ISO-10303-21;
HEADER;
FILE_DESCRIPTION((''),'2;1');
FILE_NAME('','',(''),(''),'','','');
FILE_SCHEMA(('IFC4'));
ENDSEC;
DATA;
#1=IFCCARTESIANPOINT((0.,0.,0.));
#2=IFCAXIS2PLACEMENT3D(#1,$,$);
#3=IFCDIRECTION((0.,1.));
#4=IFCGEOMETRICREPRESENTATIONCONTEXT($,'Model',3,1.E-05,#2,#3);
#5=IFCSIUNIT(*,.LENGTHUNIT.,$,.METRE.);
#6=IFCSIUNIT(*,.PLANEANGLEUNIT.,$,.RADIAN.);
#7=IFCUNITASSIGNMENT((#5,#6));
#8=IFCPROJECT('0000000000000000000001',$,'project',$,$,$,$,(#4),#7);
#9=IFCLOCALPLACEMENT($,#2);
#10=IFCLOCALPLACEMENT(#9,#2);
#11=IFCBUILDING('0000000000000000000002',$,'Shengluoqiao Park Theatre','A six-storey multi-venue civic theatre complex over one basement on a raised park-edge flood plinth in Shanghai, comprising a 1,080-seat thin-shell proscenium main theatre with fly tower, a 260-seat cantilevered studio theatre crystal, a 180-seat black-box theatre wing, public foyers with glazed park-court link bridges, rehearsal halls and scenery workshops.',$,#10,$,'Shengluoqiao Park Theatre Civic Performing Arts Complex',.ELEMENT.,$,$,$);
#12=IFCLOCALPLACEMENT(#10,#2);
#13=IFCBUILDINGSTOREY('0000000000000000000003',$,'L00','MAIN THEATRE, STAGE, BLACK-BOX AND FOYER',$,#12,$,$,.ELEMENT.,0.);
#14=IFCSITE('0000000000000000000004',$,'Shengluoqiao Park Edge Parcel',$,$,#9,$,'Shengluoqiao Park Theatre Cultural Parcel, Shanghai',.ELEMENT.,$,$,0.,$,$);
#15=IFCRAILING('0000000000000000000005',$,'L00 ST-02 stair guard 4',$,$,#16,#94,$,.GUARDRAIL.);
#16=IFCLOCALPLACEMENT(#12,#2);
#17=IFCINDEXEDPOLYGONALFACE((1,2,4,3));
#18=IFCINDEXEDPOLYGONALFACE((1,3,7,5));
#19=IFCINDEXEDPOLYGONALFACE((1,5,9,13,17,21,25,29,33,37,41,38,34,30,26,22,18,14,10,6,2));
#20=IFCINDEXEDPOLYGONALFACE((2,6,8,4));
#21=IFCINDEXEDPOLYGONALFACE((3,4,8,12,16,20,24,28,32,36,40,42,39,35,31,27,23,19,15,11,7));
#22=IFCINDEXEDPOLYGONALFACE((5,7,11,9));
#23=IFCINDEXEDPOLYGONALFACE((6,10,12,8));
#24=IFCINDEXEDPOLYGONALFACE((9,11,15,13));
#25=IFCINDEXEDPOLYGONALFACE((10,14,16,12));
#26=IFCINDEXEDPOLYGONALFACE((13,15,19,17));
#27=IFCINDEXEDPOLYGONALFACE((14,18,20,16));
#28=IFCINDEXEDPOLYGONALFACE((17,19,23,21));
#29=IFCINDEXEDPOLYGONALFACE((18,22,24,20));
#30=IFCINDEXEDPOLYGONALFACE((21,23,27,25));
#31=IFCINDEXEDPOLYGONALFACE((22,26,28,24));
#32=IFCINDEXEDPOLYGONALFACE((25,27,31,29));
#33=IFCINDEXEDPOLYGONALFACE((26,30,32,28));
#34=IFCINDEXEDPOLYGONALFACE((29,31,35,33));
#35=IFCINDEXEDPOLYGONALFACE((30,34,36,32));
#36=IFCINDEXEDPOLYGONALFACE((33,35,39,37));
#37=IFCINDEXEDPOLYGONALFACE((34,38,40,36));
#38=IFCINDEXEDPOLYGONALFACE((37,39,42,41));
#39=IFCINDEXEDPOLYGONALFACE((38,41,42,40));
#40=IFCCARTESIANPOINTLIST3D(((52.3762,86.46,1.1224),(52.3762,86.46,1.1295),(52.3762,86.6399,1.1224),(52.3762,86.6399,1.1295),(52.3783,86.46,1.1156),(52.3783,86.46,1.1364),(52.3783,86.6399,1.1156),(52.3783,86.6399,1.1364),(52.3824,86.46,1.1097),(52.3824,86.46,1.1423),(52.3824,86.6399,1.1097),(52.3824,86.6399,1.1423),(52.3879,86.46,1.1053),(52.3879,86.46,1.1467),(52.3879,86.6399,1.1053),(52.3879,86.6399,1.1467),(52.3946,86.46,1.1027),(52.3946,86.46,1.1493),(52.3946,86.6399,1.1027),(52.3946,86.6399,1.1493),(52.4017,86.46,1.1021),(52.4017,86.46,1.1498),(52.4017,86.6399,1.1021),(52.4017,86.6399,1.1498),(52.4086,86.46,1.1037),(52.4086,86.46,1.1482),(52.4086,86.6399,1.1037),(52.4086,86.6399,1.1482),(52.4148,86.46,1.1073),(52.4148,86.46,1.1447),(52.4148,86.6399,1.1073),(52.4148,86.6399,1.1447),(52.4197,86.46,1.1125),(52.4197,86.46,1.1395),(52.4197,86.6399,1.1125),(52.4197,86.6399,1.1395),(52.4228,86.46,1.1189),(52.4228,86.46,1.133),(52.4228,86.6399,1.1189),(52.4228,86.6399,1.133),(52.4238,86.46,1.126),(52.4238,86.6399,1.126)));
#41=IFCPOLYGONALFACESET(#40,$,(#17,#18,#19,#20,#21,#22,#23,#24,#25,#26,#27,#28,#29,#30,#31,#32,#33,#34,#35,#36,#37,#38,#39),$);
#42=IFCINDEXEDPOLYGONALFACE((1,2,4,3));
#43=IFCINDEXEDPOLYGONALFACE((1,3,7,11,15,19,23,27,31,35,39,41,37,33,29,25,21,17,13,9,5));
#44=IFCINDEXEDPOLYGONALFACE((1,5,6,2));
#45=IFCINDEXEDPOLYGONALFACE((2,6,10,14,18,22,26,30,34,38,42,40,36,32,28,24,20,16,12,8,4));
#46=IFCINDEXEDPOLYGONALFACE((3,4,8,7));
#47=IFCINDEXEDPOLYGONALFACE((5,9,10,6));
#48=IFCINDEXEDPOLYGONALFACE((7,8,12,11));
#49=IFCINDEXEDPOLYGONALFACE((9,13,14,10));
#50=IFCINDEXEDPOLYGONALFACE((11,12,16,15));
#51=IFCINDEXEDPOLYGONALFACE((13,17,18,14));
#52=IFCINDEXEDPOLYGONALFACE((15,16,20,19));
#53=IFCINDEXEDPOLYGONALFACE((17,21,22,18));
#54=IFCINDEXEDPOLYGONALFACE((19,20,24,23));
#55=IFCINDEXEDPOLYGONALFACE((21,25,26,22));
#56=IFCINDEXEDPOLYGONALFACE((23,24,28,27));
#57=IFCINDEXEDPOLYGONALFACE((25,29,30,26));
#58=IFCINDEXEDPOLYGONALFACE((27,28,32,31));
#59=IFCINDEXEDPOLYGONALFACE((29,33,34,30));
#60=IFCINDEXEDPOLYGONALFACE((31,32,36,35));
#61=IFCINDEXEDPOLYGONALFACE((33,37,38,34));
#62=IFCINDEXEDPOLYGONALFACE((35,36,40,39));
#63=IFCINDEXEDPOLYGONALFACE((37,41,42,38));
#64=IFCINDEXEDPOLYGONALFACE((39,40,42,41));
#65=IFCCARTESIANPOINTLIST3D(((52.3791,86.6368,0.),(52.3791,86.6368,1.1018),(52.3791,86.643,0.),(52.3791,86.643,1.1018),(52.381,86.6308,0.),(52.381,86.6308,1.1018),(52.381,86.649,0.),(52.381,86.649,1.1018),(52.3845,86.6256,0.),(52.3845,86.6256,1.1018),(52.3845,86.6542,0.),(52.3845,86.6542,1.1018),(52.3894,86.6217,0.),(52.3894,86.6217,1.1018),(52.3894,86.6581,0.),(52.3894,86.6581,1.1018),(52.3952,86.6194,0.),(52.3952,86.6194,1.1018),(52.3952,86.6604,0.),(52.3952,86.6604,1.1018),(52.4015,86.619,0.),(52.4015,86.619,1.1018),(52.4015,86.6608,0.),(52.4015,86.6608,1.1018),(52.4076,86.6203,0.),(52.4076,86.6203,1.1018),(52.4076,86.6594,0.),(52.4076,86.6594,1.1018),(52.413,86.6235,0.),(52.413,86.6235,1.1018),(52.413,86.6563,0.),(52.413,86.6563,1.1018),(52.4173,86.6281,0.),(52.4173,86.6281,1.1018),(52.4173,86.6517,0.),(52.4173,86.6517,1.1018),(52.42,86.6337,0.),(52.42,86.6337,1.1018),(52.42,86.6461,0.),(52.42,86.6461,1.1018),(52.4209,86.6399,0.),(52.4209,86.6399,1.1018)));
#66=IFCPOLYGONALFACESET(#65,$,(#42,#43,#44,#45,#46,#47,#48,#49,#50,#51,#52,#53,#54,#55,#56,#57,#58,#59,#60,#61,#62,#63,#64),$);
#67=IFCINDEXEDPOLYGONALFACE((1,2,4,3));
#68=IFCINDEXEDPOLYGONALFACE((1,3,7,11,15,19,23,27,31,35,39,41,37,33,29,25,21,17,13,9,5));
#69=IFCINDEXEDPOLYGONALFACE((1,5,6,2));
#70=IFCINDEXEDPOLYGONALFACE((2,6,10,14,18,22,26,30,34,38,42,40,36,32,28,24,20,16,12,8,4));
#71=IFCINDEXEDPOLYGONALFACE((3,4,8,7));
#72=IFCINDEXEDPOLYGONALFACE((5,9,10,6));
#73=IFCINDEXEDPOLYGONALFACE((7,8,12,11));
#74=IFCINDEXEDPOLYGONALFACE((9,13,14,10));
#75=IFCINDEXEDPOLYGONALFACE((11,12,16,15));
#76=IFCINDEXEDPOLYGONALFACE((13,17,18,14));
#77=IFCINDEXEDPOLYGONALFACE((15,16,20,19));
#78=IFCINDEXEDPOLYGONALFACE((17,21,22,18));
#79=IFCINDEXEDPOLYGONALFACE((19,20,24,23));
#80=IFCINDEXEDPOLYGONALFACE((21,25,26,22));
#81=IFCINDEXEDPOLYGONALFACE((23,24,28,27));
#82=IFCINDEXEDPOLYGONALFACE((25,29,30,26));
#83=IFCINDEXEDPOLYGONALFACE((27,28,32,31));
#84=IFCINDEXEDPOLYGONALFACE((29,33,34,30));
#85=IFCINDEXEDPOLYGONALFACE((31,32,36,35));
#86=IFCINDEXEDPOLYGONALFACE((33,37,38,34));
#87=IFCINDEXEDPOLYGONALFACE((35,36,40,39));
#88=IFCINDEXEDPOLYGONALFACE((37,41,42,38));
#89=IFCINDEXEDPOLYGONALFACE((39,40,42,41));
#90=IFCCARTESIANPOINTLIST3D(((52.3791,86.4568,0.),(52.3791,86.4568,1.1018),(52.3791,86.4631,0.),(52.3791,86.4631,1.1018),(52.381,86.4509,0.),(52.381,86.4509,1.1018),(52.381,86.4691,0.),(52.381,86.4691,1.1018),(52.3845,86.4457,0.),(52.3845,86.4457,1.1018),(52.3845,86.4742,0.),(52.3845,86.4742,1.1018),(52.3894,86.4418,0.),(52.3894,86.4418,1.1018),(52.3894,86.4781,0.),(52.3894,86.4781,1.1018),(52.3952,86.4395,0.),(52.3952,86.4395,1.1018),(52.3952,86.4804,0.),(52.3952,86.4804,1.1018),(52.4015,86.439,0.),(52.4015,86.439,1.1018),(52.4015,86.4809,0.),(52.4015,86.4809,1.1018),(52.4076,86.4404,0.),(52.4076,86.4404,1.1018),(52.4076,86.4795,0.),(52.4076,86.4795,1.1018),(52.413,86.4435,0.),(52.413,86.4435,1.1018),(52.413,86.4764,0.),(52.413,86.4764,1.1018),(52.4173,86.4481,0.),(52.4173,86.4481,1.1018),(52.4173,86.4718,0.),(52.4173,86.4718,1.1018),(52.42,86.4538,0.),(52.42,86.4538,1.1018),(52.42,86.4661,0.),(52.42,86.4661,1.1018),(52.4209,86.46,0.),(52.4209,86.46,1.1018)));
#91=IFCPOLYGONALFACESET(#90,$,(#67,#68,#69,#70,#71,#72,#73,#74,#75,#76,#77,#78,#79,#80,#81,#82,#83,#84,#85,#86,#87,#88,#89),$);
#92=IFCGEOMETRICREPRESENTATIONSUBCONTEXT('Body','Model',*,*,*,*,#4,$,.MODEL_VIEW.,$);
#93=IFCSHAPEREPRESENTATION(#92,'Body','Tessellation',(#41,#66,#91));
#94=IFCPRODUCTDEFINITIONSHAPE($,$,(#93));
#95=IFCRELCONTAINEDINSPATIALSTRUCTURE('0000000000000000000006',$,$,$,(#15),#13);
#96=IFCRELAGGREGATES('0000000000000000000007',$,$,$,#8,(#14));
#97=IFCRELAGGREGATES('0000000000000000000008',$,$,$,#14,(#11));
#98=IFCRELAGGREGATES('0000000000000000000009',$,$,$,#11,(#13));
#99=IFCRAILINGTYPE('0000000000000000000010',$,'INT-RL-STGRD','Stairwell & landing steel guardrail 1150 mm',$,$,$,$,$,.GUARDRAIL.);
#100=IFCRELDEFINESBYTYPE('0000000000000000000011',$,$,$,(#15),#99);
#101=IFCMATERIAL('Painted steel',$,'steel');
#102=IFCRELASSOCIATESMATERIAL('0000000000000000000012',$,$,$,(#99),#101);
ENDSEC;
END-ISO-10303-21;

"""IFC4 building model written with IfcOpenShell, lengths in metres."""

from ifc_helpers import new_model, si_unit, direction, frame, origin, origin_2d, place, context, subcontext, project, spatial, circle, extrude, material, type_object, element, save


model = new_model("IFC4")

# Units and contexts
model_context = context("Model", 3, precision=1e-05, world=origin(), true_north=direction((0.0, 1.0)))
body_context = subcontext(model_context, "Body", "Model", "MODEL_VIEW")
ifc_project = project(units=[si_unit("LENGTHUNIT", "METRE"), si_unit("PLANEANGLEUNIT", "RADIAN")], contexts=[model_context])

# Site, building, storey
site_placement = place(None, origin())
site = spatial("IfcSite", under=ifc_project, at=site_placement, Name="Shengluoqiao Park Edge Parcel", LongName="Shengluoqiao Park Theatre Cultural Parcel, Shanghai", CompositionType="ELEMENT", RefElevation=0.0)
building_placement = place(site_placement, origin())
building = spatial("IfcBuilding", under=site, at=building_placement, Name="Shengluoqiao Park Theatre", Description="A six-storey multi-venue civic theatre complex over one basement on a raised park-edge flood plinth in Shanghai, comprising a 1,080-seat thin-shell proscenium main theatre with fly tower, a 260-seat cantilevered studio theatre crystal, a 180-seat black-box theatre wing, public foyers with glazed park-court link bridges, rehearsal halls and scenery workshops.", LongName="Shengluoqiao Park Theatre Civic Performing Arts Complex", CompositionType="ELEMENT")
storey_placement = place(building_placement, origin())
storey = spatial("IfcBuildingStorey", under=building, at=storey_placement, Name="L00", Description="MAIN THEATRE, STAGE, BLACK-BOX AND FOYER", CompositionType="ELEMENT", Elevation=0.0)

# Railing
ifc_material_1 = material(Name="Painted steel", Category="steel")
railing_type_1 = type_object("IfcRailingType", Name="INT-RL-STGRD", Description="Stairwell & landing steel guardrail 1150 mm", PredefinedType="GUARDRAIL", material=ifc_material_1)
railing_1_placement = place(storey_placement, frame((52.3999, 86.6399, 0.0)))
element("IfcRailing", 1, at=railing_1_placement, inside=storey, type_object=railing_type_1, Name="L00 ST-02 stair guard 4", PredefinedType="GUARDRAIL", context=body_context, shape_type="SweptSolid", body=[
    extrude(circle(Radius=0.0239, at=origin_2d()), frame((0.0, 0.0, 1.126), z_axis=(0.0, -1.0, 0.0), x_axis=(1.0, 0.0, 0.0)), (0.0, 0.0, 1.0), 0.1799),
    extrude(circle(Radius=0.021, at=origin_2d()), origin(), (0.0, 0.0, 1.0), 1.1018),
    extrude(circle(Radius=0.021, at=origin_2d()), frame((0.0, -0.1799, 0.0)), (0.0, 0.0, 1.0), 1.1018),
])

save(model, "model.ifc")
